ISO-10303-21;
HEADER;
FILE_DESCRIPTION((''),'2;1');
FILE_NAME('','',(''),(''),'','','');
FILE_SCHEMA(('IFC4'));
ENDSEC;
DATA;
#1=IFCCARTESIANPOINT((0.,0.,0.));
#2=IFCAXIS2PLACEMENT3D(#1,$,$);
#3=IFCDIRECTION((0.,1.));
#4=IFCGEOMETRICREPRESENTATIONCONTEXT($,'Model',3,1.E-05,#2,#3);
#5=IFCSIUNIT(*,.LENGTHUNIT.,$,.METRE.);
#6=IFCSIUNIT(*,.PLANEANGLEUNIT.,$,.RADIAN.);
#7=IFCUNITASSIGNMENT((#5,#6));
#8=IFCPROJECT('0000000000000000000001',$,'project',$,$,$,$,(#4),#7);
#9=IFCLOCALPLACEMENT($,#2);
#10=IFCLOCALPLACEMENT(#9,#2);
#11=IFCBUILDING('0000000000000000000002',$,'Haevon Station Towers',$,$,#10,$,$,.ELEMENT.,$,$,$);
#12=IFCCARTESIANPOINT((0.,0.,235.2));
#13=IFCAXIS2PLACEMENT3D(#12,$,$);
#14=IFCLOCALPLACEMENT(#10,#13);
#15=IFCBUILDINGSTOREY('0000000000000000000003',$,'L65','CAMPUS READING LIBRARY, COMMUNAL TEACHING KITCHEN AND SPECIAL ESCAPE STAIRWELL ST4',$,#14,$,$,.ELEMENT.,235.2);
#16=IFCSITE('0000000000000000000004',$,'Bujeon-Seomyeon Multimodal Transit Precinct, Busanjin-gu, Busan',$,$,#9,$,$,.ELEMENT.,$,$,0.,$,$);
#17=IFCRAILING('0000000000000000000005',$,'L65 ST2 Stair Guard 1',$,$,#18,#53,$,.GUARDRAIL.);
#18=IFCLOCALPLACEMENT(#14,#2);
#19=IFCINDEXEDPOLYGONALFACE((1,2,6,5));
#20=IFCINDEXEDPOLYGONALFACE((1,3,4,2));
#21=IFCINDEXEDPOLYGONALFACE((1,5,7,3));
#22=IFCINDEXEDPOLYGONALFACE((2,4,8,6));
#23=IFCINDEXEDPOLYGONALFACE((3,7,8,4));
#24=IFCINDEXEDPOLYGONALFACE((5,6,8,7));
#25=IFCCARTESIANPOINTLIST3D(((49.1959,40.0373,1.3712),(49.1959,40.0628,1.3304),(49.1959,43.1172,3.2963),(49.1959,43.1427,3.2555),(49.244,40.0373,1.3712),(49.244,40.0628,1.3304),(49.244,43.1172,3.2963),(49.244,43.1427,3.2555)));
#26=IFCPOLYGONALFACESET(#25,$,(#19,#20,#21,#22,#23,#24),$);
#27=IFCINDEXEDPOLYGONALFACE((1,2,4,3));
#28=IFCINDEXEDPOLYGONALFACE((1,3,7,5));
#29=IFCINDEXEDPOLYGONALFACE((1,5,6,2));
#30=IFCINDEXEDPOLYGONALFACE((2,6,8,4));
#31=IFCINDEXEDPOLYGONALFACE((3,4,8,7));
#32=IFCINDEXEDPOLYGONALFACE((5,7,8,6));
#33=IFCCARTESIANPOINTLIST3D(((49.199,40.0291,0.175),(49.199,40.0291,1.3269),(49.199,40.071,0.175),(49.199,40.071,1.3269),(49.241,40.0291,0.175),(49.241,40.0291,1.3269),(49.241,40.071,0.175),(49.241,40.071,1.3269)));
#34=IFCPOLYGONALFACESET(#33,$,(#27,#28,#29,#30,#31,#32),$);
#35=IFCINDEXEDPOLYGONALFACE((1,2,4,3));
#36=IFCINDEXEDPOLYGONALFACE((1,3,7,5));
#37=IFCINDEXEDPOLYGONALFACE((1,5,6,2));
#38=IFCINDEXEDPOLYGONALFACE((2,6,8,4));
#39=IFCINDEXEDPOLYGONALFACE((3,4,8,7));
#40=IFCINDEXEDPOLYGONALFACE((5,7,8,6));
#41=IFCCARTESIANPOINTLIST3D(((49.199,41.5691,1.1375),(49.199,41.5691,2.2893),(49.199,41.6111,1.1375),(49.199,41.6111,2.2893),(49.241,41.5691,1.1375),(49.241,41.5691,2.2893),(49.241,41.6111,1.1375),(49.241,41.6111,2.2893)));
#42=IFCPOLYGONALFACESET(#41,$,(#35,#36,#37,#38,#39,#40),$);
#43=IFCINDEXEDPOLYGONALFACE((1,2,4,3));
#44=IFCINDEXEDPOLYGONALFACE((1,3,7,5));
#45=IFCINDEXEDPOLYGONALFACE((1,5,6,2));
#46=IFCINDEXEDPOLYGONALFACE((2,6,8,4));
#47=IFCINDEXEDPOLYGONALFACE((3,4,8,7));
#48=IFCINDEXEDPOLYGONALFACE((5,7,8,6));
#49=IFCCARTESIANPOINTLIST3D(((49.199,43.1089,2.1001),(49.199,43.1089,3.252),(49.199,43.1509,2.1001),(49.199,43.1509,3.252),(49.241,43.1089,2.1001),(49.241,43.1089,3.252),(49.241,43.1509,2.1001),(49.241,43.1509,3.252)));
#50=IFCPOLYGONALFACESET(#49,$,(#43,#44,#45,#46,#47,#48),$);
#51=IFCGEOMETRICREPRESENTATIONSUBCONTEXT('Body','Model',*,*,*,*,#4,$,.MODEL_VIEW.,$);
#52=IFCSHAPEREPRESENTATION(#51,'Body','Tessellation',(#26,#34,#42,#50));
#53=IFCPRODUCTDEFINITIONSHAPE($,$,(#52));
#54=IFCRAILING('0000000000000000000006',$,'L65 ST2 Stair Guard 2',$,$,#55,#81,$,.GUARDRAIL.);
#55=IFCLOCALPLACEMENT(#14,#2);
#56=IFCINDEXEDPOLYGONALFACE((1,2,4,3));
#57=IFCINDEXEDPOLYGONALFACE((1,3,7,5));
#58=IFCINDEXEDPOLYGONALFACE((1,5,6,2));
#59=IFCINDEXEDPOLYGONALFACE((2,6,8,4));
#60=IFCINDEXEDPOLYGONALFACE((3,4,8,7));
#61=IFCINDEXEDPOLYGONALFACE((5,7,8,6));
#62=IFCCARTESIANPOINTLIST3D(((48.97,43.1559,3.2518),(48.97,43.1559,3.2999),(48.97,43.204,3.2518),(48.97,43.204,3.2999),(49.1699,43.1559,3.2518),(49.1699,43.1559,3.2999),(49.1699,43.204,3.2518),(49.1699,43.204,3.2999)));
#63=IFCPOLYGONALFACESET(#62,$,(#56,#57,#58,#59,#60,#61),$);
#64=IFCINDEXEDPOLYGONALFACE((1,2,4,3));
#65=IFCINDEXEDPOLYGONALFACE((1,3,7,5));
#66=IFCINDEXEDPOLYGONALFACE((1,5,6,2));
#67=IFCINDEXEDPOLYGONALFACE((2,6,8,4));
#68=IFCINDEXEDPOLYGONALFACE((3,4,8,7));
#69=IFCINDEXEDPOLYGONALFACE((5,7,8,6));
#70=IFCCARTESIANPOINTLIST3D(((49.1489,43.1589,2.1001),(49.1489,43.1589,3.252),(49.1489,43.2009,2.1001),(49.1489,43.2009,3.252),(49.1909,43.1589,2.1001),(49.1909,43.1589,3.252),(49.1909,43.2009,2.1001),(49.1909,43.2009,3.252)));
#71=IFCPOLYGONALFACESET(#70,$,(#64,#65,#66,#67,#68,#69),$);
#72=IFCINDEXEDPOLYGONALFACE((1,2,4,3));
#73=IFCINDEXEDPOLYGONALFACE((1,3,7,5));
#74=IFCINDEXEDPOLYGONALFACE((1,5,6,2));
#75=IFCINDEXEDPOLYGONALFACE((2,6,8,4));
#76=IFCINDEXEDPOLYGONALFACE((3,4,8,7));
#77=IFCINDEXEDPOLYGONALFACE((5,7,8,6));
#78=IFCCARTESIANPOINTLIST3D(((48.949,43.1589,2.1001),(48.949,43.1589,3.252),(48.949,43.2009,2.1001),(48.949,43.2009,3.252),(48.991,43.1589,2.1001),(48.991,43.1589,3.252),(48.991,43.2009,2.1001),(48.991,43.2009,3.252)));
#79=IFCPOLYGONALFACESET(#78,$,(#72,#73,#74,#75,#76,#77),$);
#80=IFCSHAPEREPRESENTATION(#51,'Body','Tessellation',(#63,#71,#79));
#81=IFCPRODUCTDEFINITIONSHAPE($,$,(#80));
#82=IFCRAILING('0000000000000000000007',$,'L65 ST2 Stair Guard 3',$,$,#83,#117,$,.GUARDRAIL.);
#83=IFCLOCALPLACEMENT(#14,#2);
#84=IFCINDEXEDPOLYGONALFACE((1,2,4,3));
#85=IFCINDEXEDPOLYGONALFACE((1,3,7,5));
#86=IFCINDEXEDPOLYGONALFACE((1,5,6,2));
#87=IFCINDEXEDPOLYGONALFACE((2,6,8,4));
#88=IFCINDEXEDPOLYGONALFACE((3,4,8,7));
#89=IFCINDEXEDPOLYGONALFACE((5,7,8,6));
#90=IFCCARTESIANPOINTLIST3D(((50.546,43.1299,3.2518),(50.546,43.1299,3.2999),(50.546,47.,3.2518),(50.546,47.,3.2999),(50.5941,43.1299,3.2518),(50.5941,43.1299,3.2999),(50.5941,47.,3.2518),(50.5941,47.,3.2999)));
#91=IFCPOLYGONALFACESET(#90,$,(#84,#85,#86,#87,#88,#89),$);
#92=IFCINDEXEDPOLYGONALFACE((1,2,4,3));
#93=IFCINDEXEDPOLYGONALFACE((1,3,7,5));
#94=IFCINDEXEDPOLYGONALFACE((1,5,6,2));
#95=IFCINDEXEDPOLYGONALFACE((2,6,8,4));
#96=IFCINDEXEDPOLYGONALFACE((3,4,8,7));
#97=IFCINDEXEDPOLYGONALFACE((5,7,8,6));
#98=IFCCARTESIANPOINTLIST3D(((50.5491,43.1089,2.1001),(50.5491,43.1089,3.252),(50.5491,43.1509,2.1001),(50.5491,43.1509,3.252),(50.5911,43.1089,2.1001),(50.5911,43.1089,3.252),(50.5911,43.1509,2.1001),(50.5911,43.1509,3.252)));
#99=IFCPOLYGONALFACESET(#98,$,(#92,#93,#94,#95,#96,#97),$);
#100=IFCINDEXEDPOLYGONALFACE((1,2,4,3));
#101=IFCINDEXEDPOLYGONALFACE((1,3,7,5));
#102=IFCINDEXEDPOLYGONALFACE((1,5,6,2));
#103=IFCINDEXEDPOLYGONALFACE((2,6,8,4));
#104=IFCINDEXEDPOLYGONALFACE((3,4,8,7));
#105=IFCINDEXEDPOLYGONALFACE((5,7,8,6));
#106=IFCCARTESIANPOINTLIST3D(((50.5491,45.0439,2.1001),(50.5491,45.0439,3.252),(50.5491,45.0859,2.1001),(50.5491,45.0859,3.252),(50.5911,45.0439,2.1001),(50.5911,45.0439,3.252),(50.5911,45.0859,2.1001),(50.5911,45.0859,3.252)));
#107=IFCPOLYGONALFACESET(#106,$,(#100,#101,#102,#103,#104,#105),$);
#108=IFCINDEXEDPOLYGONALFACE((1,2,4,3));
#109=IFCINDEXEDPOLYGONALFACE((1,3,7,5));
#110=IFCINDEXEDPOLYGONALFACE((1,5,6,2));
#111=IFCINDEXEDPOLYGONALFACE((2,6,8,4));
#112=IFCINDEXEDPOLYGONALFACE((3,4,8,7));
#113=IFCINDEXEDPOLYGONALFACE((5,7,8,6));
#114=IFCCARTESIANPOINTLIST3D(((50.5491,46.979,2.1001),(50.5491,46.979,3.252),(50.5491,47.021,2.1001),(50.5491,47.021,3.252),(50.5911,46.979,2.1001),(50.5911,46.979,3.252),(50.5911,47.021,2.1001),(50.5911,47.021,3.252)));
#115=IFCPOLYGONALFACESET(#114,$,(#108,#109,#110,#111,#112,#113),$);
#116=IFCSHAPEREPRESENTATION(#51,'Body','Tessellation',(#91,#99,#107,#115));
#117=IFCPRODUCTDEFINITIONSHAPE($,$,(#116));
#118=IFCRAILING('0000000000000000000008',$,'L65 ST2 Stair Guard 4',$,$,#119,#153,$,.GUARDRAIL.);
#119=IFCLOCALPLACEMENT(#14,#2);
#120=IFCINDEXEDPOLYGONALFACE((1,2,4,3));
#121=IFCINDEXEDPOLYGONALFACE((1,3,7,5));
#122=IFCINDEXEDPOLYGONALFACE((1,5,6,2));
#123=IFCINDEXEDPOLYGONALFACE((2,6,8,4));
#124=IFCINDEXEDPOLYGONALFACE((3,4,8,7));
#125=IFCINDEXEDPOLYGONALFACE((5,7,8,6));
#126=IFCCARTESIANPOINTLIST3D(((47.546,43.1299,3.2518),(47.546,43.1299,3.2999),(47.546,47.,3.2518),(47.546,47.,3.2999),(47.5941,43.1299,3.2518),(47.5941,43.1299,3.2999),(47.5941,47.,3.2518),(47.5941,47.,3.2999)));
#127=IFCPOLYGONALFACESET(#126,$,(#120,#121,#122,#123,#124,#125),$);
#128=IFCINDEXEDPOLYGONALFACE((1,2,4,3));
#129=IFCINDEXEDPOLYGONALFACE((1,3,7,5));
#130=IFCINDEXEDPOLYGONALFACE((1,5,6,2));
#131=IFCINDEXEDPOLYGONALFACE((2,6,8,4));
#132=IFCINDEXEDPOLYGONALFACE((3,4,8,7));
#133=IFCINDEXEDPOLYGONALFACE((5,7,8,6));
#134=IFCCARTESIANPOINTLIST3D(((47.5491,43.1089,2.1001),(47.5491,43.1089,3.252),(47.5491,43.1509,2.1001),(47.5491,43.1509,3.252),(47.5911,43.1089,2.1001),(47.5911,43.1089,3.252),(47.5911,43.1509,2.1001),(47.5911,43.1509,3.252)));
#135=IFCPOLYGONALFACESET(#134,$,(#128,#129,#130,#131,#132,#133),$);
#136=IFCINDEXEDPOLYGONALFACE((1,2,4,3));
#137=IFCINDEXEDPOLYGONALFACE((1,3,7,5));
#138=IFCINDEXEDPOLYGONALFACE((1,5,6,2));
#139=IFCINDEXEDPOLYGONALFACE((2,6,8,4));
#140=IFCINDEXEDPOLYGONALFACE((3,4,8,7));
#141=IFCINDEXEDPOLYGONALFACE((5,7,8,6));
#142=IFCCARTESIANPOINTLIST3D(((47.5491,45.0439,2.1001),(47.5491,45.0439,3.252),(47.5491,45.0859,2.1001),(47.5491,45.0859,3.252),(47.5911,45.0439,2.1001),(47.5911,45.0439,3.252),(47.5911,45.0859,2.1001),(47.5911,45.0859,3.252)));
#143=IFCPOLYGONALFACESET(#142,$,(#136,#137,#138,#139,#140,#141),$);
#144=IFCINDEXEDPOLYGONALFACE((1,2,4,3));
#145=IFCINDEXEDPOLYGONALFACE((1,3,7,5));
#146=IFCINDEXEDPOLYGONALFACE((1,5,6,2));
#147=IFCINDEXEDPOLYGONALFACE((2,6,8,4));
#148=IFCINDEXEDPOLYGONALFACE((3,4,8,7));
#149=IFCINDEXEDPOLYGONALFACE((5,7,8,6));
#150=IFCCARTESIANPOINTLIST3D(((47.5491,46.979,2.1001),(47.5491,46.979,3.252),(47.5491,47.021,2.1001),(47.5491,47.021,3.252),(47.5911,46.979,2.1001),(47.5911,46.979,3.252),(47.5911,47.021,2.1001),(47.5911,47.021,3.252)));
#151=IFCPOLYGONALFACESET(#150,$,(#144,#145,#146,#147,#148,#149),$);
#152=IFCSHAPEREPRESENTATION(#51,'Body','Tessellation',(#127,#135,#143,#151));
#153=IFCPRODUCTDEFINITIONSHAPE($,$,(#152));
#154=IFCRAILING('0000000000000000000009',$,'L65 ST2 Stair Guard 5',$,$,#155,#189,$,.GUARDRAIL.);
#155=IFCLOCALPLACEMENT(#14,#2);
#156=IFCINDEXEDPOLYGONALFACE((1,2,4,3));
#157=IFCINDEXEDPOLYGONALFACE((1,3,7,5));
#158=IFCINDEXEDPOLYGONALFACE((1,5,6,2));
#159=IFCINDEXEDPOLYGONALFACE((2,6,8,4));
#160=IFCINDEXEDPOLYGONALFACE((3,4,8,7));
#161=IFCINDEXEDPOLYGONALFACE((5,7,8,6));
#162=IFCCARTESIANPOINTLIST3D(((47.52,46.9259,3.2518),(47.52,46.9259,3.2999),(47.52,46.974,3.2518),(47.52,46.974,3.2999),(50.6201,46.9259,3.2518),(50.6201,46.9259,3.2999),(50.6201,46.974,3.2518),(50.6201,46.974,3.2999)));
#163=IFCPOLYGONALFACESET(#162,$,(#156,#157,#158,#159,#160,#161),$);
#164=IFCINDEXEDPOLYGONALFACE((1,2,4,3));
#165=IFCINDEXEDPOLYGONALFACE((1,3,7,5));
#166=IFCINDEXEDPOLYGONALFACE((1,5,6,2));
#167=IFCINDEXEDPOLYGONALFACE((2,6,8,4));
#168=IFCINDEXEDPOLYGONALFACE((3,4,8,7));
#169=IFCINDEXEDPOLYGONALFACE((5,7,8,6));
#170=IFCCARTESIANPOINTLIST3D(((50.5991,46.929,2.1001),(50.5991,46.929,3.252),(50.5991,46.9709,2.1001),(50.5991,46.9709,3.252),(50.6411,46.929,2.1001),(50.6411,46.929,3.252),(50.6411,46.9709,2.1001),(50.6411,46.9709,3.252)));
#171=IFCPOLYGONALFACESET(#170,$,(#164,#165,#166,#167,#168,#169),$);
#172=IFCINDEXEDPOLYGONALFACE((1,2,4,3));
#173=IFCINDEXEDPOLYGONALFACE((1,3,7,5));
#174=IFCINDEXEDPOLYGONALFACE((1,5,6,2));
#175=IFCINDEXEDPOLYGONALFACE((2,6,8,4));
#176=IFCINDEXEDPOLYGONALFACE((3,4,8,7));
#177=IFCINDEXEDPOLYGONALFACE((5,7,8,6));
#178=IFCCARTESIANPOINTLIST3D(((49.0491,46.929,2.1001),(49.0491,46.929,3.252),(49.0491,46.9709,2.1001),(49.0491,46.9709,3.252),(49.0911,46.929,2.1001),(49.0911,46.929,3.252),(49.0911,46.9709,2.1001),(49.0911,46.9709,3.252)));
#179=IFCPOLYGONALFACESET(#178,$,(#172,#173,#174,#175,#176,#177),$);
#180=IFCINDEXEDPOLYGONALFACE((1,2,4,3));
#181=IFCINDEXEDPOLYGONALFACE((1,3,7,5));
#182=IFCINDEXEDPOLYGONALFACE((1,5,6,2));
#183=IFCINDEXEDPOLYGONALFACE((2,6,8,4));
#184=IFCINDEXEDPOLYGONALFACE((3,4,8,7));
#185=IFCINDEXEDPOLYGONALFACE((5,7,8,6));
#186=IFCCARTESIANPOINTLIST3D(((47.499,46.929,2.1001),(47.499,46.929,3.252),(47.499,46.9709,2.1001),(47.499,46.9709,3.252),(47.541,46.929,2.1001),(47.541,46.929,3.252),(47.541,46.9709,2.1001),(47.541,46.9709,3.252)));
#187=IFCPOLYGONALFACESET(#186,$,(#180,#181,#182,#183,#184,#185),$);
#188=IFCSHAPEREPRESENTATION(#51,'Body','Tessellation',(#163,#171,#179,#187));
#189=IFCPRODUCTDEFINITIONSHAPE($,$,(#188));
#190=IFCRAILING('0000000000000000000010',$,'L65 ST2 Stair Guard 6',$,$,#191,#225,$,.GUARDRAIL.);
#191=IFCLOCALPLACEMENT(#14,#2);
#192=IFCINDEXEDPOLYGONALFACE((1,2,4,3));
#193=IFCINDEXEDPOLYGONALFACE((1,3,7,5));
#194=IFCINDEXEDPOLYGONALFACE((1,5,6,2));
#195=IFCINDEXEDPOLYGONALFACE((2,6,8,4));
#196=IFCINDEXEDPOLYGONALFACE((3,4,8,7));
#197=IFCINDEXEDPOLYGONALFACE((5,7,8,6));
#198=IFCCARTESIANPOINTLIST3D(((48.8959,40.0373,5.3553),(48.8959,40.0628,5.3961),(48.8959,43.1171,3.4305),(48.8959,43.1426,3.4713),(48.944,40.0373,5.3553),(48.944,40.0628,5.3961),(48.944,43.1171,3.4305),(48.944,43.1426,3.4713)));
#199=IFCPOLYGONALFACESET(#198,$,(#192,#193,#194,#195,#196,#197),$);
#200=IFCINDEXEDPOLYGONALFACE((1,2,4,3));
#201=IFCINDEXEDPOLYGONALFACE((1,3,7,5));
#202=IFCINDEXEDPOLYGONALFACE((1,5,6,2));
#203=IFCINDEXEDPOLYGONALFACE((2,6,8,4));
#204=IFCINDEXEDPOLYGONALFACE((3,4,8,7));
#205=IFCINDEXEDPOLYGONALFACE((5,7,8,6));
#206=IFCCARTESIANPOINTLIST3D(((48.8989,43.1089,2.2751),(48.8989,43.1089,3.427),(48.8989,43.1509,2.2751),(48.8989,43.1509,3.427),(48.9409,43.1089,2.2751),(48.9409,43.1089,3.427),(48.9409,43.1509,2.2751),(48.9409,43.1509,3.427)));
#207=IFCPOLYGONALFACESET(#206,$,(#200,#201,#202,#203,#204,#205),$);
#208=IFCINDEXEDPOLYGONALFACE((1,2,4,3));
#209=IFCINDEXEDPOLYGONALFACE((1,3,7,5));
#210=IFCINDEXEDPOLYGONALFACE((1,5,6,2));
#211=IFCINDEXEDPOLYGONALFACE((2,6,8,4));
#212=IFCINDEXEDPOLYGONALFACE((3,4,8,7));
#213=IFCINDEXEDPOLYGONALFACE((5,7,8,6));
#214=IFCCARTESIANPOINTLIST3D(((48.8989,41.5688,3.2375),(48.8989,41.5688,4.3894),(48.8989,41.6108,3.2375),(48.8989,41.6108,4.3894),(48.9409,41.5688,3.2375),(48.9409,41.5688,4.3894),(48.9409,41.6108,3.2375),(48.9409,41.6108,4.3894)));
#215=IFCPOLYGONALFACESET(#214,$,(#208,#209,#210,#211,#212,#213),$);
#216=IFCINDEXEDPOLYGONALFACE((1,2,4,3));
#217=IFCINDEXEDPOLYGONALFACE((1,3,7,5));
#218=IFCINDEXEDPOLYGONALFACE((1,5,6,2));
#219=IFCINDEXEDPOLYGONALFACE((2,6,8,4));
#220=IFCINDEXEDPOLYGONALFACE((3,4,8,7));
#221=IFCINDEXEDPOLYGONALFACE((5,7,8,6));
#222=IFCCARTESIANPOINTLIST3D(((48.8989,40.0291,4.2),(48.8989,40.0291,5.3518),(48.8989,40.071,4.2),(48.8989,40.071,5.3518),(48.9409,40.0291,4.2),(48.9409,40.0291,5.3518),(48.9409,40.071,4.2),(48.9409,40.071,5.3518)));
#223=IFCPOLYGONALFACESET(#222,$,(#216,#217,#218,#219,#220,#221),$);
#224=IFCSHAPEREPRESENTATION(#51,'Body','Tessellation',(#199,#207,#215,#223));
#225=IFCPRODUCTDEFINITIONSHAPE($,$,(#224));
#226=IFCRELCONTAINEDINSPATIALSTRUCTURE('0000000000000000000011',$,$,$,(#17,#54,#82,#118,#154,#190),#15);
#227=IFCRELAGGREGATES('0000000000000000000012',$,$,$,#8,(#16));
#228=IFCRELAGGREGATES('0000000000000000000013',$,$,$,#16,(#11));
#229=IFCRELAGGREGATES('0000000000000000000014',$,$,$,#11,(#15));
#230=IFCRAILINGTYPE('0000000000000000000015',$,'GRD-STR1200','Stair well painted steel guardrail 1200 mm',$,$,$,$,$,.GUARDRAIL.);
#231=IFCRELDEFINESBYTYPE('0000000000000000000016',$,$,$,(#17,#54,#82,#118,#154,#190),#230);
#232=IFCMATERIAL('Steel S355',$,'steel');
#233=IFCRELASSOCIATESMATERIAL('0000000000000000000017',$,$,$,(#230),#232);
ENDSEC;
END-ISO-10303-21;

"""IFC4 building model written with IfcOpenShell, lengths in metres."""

from ifc_helpers import new_model, si_unit, direction, frame, origin, origin_2d, place, context, subcontext, project, spatial, rectangle, extrude, material, type_object, element, save


model = new_model("IFC4")

# Units and contexts
model_context = context("Model", 3, precision=1e-05, world=origin(), true_north=direction((0.0, 1.0)))
body_context = subcontext(model_context, "Body", "Model", "MODEL_VIEW")
ifc_project = project(units=[si_unit("LENGTHUNIT", "METRE"), si_unit("PLANEANGLEUNIT", "RADIAN")], contexts=[model_context])

# Site, building, storey
site_placement = place(None, origin())
site = spatial("IfcSite", under=ifc_project, at=site_placement, Name="Bujeon-Seomyeon Multimodal Transit Precinct, Busanjin-gu, Busan", CompositionType="ELEMENT", RefElevation=0.0)
building_placement = place(site_placement, origin())
building = spatial("IfcBuilding", under=site, at=building_placement, Name="Haevon Station Towers", CompositionType="ELEMENT")
storey_placement = place(building_placement, frame((0.0, 0.0, 235.2)))
storey = spatial("IfcBuildingStorey", under=building, at=storey_placement, Name="L65", Description="CAMPUS READING LIBRARY, COMMUNAL TEACHING KITCHEN AND SPECIAL ESCAPE STAIRWELL ST4", CompositionType="ELEMENT", Elevation=235.2)

# Shared definitions
ifc_material_1 = material(Name="Steel S355", Category="steel")

# Railings
railing_type_1 = type_object("IfcRailingType", Name="GRD-STR1200", Description="Stair well painted steel guardrail 1200 mm", PredefinedType="GUARDRAIL", material=ifc_material_1)
railing_1_placement = place(storey_placement, frame((49.22, 40.05, 0.175)))
element("IfcRailing", 1, at=railing_1_placement, inside=storey, type_object=railing_type_1, Name="L65 ST2 Stair Guard 1", PredefinedType="GUARDRAIL", context=body_context, shape_type="SweptSolid", body=[
    extrude(rectangle(XDim=0.0481, YDim=0.0481, at=origin_2d()), frame((0.0, 0.0, 1.1758), z_axis=(0.0, 0.847979, 0.530029), x_axis=(-1.0, 0.0, 0.0)), (0.0, 0.0, 1.0), 3.6321),
    extrude(rectangle(XDim=0.042, YDim=0.042, at=origin_2d()), origin(), (0.0, 0.0, 1.0), 1.1519),
    extrude(rectangle(XDim=0.042, YDim=0.042, at=origin_2d()), frame((0.0, 1.54, 0.9624)), (0.0, 0.0, 1.0), 1.1519),
    extrude(rectangle(XDim=0.042, YDim=0.042, at=origin_2d()), frame((0.0, 3.0798, 1.925)), (0.0, 0.0, 1.0), 1.1519),
])
railing_2_placement = place(storey_placement, frame((49.1699, 43.1799, 2.1001)))
element("IfcRailing", 2, at=railing_2_placement, inside=storey, type_object=railing_type_1, Name="L65 ST2 Stair Guard 2", PredefinedType="GUARDRAIL", context=body_context, shape_type="SweptSolid", body=[
    extrude(rectangle(XDim=0.0481, YDim=0.0481, at=origin_2d()), frame((0.0, 0.0, 1.1758), z_axis=(-1.0, 0.0, 0.0), x_axis=(0.0, -1.0, 0.0)), (0.0, 0.0, 1.0), 0.2),
    extrude(rectangle(XDim=0.042, YDim=0.042, at=origin_2d()), origin(), (0.0, 0.0, 1.0), 1.1519),
    extrude(rectangle(XDim=0.042, YDim=0.042, at=origin_2d()), frame((-0.2, 0.0, 0.0)), (0.0, 0.0, 1.0), 1.1519),
])
for number, where, name in (
    (3, (50.5701, 43.1299, 2.1001), "L65 ST2 Stair Guard 3"),
    (4, (47.5701, 43.1299, 2.1001), "L65 ST2 Stair Guard 4"),
):
    element("IfcRailing", number, at=place(storey_placement, frame(where)), inside=storey, type_object=railing_type_1, Name=name, PredefinedType="GUARDRAIL", context=body_context, shape_type="SweptSolid", body=[
        extrude(rectangle(XDim=0.0481, YDim=0.0481, at=origin_2d()), frame((0.0, 0.0, 1.1758), z_axis=(0.0, 1.0, 0.0), x_axis=(-1.0, 0.0, 0.0)), (0.0, 0.0, 1.0), 3.8701),
        extrude(rectangle(XDim=0.042, YDim=0.042, at=origin_2d()), origin(), (0.0, 0.0, 1.0), 1.1519),
        extrude(rectangle(XDim=0.042, YDim=0.042, at=origin_2d()), frame((0.0, 1.9351, 0.0)), (0.0, 0.0, 1.0), 1.1519),
        extrude(rectangle(XDim=0.042, YDim=0.042, at=origin_2d()), frame((0.0, 3.8701, 0.0)), (0.0, 0.0, 1.0), 1.1519),
    ])
railing_3_placement = place(storey_placement, frame((50.6201, 46.95, 2.1001)))
element("IfcRailing", 5, at=railing_3_placement, inside=storey, type_object=railing_type_1, Name="L65 ST2 Stair Guard 5", PredefinedType="GUARDRAIL", context=body_context, shape_type="SweptSolid", body=[
    extrude(rectangle(XDim=0.0481, YDim=0.0481, at=origin_2d()), frame((0.0, 0.0, 1.1758), z_axis=(-1.0, 0.0, 0.0), x_axis=(0.0, -1.0, 0.0)), (0.0, 0.0, 1.0), 3.1001),
    extrude(rectangle(XDim=0.042, YDim=0.042, at=origin_2d()), origin(), (0.0, 0.0, 1.0), 1.1519),
    extrude(rectangle(XDim=0.042, YDim=0.042, at=origin_2d()), frame((-1.55, 0.0, 0.0)), (0.0, 0.0, 1.0), 1.1519),
    extrude(rectangle(XDim=0.042, YDim=0.042, at=origin_2d()), frame((-3.1001, 0.0, 0.0)), (0.0, 0.0, 1.0), 1.1519),
])
railing_4_placement = place(storey_placement, frame((48.9199, 43.1299, 2.2751)))
element("IfcRailing", 6, at=railing_4_placement, inside=storey, type_object=railing_type_1, Name="L65 ST2 Stair Guard 6", PredefinedType="GUARDRAIL", context=body_context, shape_type="SweptSolid", body=[
    extrude(rectangle(XDim=0.0481, YDim=0.0481, at=origin_2d()), frame((0.0, 0.0, 1.1758), z_axis=(0.0, -0.84801, 0.529981), x_axis=(1.0, 0.0, 0.0)), (0.0, 0.0, 1.0), 3.6318),
    extrude(rectangle(XDim=0.042, YDim=0.042, at=origin_2d()), origin(), (0.0, 0.0, 1.0), 1.1519),
    extrude(rectangle(XDim=0.042, YDim=0.042, at=origin_2d()), frame((0.0, -1.54, 0.9624)), (0.0, 0.0, 1.0), 1.1519),
    extrude(rectangle(XDim=0.042, YDim=0.042, at=origin_2d()), frame((0.0, -3.0798, 1.9248)), (0.0, 0.0, 1.0), 1.1519),
])

save(model, "model.ifc")
